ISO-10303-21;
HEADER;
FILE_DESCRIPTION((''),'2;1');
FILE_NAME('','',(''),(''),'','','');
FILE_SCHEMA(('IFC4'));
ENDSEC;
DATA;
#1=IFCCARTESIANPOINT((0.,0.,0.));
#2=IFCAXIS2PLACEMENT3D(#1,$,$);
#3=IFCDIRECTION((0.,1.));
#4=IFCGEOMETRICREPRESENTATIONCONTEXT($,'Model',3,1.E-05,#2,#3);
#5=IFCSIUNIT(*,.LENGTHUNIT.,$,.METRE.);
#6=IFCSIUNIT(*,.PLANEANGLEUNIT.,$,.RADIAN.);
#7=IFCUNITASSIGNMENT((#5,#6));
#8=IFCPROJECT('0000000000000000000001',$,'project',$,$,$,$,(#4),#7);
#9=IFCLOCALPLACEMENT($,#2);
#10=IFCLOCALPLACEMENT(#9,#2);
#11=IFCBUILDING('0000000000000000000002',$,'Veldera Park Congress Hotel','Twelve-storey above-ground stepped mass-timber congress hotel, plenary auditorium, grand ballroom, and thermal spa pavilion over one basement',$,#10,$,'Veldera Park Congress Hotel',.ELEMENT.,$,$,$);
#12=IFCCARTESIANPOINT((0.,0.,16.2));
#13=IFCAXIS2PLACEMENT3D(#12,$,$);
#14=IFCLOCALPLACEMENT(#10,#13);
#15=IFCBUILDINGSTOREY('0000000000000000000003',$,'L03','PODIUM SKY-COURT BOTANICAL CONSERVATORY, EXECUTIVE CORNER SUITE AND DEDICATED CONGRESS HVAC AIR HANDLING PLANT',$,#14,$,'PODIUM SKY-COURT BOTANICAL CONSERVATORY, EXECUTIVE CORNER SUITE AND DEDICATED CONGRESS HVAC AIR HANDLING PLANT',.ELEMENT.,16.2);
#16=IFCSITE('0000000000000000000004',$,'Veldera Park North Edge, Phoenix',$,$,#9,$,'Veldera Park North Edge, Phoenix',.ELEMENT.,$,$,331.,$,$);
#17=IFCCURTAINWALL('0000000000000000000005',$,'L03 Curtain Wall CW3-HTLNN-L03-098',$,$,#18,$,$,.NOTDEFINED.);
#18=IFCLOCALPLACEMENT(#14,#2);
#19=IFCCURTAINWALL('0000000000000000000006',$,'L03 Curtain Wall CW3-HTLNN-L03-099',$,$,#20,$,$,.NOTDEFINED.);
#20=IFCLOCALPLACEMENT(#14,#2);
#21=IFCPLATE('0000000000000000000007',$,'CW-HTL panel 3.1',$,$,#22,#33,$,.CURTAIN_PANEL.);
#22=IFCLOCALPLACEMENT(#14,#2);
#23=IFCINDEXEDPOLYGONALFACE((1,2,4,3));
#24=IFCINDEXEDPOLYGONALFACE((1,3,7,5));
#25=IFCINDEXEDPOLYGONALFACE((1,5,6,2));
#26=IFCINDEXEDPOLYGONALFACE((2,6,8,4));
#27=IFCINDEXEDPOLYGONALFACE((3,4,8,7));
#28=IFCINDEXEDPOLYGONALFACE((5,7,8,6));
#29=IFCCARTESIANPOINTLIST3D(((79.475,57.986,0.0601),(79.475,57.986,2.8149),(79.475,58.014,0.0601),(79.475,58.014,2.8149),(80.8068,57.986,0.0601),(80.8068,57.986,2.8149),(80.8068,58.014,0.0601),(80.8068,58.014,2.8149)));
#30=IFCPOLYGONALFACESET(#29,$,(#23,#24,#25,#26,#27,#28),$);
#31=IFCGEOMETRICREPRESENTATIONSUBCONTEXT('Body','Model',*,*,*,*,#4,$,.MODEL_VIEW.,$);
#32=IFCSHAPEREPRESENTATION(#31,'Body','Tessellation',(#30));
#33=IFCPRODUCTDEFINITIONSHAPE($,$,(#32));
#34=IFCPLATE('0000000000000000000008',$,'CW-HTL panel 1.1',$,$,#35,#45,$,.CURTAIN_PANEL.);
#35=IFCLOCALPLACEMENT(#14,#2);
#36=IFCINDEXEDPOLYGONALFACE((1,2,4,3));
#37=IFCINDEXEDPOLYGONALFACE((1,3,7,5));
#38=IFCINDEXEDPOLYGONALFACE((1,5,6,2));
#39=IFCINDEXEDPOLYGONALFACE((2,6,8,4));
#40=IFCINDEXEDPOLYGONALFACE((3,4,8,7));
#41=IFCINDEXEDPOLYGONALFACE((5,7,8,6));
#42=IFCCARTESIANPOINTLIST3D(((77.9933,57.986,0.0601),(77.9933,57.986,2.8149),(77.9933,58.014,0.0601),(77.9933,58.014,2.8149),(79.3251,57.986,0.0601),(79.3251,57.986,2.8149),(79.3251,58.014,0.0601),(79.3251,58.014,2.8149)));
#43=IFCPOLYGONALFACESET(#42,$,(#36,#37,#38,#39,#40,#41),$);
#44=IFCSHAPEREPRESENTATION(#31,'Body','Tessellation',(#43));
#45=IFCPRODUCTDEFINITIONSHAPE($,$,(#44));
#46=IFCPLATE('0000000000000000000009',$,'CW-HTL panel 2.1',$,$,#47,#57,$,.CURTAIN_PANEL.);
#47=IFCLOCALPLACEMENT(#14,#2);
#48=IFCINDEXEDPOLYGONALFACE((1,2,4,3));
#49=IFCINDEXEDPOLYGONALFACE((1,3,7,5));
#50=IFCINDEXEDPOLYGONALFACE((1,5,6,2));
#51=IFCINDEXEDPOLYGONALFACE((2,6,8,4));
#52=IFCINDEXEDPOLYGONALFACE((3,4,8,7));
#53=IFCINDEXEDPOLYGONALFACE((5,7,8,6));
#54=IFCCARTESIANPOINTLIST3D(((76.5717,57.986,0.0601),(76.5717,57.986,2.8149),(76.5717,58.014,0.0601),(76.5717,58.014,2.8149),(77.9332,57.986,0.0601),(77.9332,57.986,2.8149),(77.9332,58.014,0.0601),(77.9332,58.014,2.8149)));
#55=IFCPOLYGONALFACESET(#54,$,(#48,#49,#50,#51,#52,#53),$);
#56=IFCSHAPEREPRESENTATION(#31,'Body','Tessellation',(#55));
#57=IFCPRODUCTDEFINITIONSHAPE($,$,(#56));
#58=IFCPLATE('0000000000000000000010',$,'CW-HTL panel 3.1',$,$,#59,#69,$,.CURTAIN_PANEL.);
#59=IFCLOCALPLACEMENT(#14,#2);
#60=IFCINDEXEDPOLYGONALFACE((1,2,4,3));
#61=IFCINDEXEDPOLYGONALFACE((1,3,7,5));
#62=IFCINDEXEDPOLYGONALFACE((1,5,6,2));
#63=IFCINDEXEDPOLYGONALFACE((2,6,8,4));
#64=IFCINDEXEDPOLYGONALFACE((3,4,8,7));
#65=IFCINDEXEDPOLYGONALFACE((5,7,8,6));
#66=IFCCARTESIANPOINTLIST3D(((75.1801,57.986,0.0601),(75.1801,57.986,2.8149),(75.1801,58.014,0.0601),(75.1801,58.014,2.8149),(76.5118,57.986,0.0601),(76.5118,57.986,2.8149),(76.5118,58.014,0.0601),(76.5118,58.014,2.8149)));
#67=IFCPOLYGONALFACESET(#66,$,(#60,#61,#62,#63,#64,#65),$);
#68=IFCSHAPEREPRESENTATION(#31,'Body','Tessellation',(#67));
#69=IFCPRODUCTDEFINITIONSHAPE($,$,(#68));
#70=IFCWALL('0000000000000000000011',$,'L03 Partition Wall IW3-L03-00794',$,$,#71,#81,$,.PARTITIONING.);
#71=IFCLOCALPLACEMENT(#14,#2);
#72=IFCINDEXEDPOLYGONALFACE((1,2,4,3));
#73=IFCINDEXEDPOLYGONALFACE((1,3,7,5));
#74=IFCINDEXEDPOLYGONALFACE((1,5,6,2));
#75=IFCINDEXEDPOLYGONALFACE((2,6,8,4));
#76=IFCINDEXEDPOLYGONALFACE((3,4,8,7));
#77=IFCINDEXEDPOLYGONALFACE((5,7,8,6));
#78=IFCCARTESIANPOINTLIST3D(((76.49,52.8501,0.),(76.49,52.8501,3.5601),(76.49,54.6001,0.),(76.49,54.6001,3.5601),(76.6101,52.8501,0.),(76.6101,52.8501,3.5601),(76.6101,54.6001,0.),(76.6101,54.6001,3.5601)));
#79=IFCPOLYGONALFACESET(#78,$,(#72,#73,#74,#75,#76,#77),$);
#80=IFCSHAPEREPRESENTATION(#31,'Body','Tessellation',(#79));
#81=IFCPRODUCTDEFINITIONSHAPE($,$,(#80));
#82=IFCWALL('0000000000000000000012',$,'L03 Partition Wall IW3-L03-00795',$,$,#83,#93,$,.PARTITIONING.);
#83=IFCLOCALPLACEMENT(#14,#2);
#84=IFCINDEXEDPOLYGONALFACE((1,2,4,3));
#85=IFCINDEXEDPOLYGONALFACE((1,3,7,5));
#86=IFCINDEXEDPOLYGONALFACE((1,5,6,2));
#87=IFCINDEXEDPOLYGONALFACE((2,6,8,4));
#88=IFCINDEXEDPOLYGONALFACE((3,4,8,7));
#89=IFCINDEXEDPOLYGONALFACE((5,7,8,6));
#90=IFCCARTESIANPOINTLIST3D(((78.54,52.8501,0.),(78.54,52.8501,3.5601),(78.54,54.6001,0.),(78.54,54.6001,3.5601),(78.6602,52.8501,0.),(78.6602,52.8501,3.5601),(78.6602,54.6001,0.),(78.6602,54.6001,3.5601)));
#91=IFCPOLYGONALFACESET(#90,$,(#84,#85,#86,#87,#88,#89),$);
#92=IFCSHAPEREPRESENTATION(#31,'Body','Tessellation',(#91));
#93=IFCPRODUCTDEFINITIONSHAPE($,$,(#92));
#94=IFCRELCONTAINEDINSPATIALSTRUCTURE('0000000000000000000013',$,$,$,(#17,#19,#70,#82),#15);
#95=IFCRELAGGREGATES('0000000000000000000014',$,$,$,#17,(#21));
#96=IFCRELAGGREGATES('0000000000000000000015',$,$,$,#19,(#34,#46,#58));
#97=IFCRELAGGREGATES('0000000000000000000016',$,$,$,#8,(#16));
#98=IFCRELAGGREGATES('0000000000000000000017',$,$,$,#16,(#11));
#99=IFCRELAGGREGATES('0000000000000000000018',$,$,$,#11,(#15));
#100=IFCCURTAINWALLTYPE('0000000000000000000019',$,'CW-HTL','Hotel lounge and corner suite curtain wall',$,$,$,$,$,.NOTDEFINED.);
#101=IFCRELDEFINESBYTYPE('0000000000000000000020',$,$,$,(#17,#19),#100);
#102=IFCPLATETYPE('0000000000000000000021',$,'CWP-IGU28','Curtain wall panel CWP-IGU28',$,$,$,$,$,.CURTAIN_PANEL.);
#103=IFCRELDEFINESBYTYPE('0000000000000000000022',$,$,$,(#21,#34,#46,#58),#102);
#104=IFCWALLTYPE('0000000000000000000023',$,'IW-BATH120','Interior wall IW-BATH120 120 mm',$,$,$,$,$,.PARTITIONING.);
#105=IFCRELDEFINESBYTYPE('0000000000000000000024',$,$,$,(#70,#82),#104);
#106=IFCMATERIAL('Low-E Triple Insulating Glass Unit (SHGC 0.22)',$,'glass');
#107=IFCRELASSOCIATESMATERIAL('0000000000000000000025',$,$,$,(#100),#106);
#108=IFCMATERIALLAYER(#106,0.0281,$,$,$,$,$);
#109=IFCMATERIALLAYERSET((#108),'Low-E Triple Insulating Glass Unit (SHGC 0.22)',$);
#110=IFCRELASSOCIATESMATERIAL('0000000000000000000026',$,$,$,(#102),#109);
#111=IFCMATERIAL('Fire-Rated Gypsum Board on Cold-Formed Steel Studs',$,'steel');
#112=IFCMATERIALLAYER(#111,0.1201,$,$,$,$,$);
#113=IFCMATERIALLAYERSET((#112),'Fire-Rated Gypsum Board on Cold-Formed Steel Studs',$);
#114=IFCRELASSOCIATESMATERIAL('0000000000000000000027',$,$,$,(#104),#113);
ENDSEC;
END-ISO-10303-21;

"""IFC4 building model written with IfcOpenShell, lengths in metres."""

from ifc_helpers import new_model, si_unit, direction, frame, frame_2d, origin, origin_2d, place, context, subcontext, project, spatial, rectangle, extrude, material, layer, layer_set, type_object, element, aggregate, save


model = new_model("IFC4")

# Units and contexts
model_context = context("Model", 3, precision=1e-05, world=origin(), true_north=direction((0.0, 1.0)))
body_context = subcontext(model_context, "Body", "Model", "MODEL_VIEW")
ifc_project = project(units=[si_unit("LENGTHUNIT", "METRE"), si_unit("PLANEANGLEUNIT", "RADIAN")], contexts=[model_context])

# Site, building, storey
site_placement = place(None, origin())
site = spatial("IfcSite", under=ifc_project, at=site_placement, Name="Veldera Park North Edge, Phoenix", LongName="Veldera Park North Edge, Phoenix", CompositionType="ELEMENT", RefElevation=331.0)
building_placement = place(site_placement, origin())
building = spatial("IfcBuilding", under=site, at=building_placement, Name="Veldera Park Congress Hotel", Description="Twelve-storey above-ground stepped mass-timber congress hotel, plenary auditorium, grand ballroom, and thermal spa pavilion over one basement", LongName="Veldera Park Congress Hotel", CompositionType="ELEMENT")
storey_placement = place(building_placement, frame((0.0, 0.0, 16.2)))
storey = spatial("IfcBuildingStorey", under=building, at=storey_placement, Name="L03", Description="PODIUM SKY-COURT BOTANICAL CONSERVATORY, EXECUTIVE CORNER SUITE AND DEDICATED CONGRESS HVAC AIR HANDLING PLANT", LongName="PODIUM SKY-COURT BOTANICAL CONSERVATORY, EXECUTIVE CORNER SUITE AND DEDICATED CONGRESS HVAC AIR HANDLING PLANT", CompositionType="ELEMENT", Elevation=16.2)

# Curtain wall
ifc_material_1 = material(Name="Low-E Triple Insulating Glass Unit (SHGC 0.22)", Category="glass")
curtain_wall_type = type_object("IfcCurtainWallType", Name="CW-HTL", Description="Hotel lounge and corner suite curtain wall", PredefinedType="NOTDEFINED", material=ifc_material_1)
curtain_wall_1_placement = place(storey_placement, origin())
curtain_wall_1 = element("IfcCurtainWall", 1, at=curtain_wall_1_placement, inside=storey, type_object=curtain_wall_type, Name="L03 Curtain Wall CW3-HTLNN-L03-098", PredefinedType="NOTDEFINED")

# Curtain wall
curtain_wall_2_placement = place(storey_placement, origin())
curtain_wall_2 = element("IfcCurtainWall", 2, at=curtain_wall_2_placement, inside=storey, type_object=curtain_wall_type, Name="L03 Curtain Wall CW3-HTLNN-L03-099", PredefinedType="NOTDEFINED")

# Plates
ifc_layer_1 = layer(ifc_material_1, 0.0281)
ifc_layer_set_1 = layer_set([ifc_layer_1], Name="Low-E Triple Insulating Glass Unit (SHGC 0.22)")
plate_type = type_object("IfcPlateType", Name="CWP-IGU28", Description="Curtain wall panel CWP-IGU28", PredefinedType="CURTAIN_PANEL", material=ifc_layer_set_1)
plate_1_placement = place(storey_placement, frame((80.1409, 58.0, 0.0601), z_axis=(0.0, 0.0, 1.0), x_axis=(-1.0, 0.0, 0.0)))
plate_1 = element("IfcPlate", 3, at=plate_1_placement, type_object=plate_type, Name="CW-HTL panel 3.1", PredefinedType="CURTAIN_PANEL", context=body_context, shape_type="SweptSolid", body=[
    extrude(rectangle(XDim=1.3318, YDim=0.0281, at=origin_2d()), origin(), (0.0, 0.0, 1.0), 2.7549),
])
aggregate(curtain_wall_1, [plate_1])
plate_2_placement = place(storey_placement, frame((78.6592, 58.0, 0.0601), z_axis=(0.0, 0.0, 1.0), x_axis=(-1.0, 0.0, 0.0)))
plate_2 = element("IfcPlate", 4, at=plate_2_placement, type_object=plate_type, Name="CW-HTL panel 1.1", PredefinedType="CURTAIN_PANEL", context=body_context, shape_type="SweptSolid", body=[
    extrude(rectangle(XDim=1.3318, YDim=0.0281, at=origin_2d()), origin(), (0.0, 0.0, 1.0), 2.7549),
])
plate_3_placement = place(storey_placement, frame((77.2524, 58.0, 0.0601), z_axis=(0.0, 0.0, 1.0), x_axis=(-1.0, 0.0, 0.0)))
plate_3 = element("IfcPlate", 5, at=plate_3_placement, type_object=plate_type, Name="CW-HTL panel 2.1", PredefinedType="CURTAIN_PANEL", context=body_context, shape_type="SweptSolid", body=[
    extrude(rectangle(XDim=1.3616, YDim=0.0281, at=origin_2d()), origin(), (0.0, 0.0, 1.0), 2.7549),
])
plate_4_placement = place(storey_placement, frame((75.8459, 58.0, 0.0601), z_axis=(0.0, 0.0, 1.0), x_axis=(-1.0, 0.0, 0.0)))
plate_4 = element("IfcPlate", 6, at=plate_4_placement, type_object=plate_type, Name="CW-HTL panel 3.1", PredefinedType="CURTAIN_PANEL", context=body_context, shape_type="SweptSolid", body=[
    extrude(rectangle(XDim=1.3318, YDim=0.0281, at=origin_2d()), origin(), (0.0, 0.0, 1.0), 2.7549),
])
aggregate(curtain_wall_2, [plate_2, plate_3, plate_4])

# Walls
ifc_material_2 = material(Name="Fire-Rated Gypsum Board on Cold-Formed Steel Studs", Category="steel")
ifc_layer_2 = layer(ifc_material_2, 0.1201)
ifc_layer_set_2 = layer_set([ifc_layer_2], Name="Fire-Rated Gypsum Board on Cold-Formed Steel Studs")
wall_type = type_object("IfcWallType", Name="IW-BATH120", Description="Interior wall IW-BATH120 120 mm", PredefinedType="PARTITIONING", material=ifc_layer_set_2)
for number, where, z_axis, x_axis, name in (
    (7, (76.55, 52.8501, 0.0), (0.0, 0.0, 1.0), (0.0, 1.0, 0.0), "L03 Partition Wall IW3-L03-00794"),
    (8, (78.6001, 52.8501, 0.0), (0.0, 0.0, 1.0), (0.0, 1.0, 0.0), "L03 Partition Wall IW3-L03-00795"),
):
    element("IfcWall", number, at=place(storey_placement, frame(where, z_axis=z_axis, x_axis=x_axis)), inside=storey, type_object=wall_type, Name=name, PredefinedType="PARTITIONING", context=body_context, shape_type="SweptSolid", body=[
        extrude(rectangle(XDim=1.75, YDim=0.1201, at=frame_2d((0.875, 0.0))), origin(), (0.0, 0.0, 1.0), 3.5601),
    ])

save(model, "model.ifc")
